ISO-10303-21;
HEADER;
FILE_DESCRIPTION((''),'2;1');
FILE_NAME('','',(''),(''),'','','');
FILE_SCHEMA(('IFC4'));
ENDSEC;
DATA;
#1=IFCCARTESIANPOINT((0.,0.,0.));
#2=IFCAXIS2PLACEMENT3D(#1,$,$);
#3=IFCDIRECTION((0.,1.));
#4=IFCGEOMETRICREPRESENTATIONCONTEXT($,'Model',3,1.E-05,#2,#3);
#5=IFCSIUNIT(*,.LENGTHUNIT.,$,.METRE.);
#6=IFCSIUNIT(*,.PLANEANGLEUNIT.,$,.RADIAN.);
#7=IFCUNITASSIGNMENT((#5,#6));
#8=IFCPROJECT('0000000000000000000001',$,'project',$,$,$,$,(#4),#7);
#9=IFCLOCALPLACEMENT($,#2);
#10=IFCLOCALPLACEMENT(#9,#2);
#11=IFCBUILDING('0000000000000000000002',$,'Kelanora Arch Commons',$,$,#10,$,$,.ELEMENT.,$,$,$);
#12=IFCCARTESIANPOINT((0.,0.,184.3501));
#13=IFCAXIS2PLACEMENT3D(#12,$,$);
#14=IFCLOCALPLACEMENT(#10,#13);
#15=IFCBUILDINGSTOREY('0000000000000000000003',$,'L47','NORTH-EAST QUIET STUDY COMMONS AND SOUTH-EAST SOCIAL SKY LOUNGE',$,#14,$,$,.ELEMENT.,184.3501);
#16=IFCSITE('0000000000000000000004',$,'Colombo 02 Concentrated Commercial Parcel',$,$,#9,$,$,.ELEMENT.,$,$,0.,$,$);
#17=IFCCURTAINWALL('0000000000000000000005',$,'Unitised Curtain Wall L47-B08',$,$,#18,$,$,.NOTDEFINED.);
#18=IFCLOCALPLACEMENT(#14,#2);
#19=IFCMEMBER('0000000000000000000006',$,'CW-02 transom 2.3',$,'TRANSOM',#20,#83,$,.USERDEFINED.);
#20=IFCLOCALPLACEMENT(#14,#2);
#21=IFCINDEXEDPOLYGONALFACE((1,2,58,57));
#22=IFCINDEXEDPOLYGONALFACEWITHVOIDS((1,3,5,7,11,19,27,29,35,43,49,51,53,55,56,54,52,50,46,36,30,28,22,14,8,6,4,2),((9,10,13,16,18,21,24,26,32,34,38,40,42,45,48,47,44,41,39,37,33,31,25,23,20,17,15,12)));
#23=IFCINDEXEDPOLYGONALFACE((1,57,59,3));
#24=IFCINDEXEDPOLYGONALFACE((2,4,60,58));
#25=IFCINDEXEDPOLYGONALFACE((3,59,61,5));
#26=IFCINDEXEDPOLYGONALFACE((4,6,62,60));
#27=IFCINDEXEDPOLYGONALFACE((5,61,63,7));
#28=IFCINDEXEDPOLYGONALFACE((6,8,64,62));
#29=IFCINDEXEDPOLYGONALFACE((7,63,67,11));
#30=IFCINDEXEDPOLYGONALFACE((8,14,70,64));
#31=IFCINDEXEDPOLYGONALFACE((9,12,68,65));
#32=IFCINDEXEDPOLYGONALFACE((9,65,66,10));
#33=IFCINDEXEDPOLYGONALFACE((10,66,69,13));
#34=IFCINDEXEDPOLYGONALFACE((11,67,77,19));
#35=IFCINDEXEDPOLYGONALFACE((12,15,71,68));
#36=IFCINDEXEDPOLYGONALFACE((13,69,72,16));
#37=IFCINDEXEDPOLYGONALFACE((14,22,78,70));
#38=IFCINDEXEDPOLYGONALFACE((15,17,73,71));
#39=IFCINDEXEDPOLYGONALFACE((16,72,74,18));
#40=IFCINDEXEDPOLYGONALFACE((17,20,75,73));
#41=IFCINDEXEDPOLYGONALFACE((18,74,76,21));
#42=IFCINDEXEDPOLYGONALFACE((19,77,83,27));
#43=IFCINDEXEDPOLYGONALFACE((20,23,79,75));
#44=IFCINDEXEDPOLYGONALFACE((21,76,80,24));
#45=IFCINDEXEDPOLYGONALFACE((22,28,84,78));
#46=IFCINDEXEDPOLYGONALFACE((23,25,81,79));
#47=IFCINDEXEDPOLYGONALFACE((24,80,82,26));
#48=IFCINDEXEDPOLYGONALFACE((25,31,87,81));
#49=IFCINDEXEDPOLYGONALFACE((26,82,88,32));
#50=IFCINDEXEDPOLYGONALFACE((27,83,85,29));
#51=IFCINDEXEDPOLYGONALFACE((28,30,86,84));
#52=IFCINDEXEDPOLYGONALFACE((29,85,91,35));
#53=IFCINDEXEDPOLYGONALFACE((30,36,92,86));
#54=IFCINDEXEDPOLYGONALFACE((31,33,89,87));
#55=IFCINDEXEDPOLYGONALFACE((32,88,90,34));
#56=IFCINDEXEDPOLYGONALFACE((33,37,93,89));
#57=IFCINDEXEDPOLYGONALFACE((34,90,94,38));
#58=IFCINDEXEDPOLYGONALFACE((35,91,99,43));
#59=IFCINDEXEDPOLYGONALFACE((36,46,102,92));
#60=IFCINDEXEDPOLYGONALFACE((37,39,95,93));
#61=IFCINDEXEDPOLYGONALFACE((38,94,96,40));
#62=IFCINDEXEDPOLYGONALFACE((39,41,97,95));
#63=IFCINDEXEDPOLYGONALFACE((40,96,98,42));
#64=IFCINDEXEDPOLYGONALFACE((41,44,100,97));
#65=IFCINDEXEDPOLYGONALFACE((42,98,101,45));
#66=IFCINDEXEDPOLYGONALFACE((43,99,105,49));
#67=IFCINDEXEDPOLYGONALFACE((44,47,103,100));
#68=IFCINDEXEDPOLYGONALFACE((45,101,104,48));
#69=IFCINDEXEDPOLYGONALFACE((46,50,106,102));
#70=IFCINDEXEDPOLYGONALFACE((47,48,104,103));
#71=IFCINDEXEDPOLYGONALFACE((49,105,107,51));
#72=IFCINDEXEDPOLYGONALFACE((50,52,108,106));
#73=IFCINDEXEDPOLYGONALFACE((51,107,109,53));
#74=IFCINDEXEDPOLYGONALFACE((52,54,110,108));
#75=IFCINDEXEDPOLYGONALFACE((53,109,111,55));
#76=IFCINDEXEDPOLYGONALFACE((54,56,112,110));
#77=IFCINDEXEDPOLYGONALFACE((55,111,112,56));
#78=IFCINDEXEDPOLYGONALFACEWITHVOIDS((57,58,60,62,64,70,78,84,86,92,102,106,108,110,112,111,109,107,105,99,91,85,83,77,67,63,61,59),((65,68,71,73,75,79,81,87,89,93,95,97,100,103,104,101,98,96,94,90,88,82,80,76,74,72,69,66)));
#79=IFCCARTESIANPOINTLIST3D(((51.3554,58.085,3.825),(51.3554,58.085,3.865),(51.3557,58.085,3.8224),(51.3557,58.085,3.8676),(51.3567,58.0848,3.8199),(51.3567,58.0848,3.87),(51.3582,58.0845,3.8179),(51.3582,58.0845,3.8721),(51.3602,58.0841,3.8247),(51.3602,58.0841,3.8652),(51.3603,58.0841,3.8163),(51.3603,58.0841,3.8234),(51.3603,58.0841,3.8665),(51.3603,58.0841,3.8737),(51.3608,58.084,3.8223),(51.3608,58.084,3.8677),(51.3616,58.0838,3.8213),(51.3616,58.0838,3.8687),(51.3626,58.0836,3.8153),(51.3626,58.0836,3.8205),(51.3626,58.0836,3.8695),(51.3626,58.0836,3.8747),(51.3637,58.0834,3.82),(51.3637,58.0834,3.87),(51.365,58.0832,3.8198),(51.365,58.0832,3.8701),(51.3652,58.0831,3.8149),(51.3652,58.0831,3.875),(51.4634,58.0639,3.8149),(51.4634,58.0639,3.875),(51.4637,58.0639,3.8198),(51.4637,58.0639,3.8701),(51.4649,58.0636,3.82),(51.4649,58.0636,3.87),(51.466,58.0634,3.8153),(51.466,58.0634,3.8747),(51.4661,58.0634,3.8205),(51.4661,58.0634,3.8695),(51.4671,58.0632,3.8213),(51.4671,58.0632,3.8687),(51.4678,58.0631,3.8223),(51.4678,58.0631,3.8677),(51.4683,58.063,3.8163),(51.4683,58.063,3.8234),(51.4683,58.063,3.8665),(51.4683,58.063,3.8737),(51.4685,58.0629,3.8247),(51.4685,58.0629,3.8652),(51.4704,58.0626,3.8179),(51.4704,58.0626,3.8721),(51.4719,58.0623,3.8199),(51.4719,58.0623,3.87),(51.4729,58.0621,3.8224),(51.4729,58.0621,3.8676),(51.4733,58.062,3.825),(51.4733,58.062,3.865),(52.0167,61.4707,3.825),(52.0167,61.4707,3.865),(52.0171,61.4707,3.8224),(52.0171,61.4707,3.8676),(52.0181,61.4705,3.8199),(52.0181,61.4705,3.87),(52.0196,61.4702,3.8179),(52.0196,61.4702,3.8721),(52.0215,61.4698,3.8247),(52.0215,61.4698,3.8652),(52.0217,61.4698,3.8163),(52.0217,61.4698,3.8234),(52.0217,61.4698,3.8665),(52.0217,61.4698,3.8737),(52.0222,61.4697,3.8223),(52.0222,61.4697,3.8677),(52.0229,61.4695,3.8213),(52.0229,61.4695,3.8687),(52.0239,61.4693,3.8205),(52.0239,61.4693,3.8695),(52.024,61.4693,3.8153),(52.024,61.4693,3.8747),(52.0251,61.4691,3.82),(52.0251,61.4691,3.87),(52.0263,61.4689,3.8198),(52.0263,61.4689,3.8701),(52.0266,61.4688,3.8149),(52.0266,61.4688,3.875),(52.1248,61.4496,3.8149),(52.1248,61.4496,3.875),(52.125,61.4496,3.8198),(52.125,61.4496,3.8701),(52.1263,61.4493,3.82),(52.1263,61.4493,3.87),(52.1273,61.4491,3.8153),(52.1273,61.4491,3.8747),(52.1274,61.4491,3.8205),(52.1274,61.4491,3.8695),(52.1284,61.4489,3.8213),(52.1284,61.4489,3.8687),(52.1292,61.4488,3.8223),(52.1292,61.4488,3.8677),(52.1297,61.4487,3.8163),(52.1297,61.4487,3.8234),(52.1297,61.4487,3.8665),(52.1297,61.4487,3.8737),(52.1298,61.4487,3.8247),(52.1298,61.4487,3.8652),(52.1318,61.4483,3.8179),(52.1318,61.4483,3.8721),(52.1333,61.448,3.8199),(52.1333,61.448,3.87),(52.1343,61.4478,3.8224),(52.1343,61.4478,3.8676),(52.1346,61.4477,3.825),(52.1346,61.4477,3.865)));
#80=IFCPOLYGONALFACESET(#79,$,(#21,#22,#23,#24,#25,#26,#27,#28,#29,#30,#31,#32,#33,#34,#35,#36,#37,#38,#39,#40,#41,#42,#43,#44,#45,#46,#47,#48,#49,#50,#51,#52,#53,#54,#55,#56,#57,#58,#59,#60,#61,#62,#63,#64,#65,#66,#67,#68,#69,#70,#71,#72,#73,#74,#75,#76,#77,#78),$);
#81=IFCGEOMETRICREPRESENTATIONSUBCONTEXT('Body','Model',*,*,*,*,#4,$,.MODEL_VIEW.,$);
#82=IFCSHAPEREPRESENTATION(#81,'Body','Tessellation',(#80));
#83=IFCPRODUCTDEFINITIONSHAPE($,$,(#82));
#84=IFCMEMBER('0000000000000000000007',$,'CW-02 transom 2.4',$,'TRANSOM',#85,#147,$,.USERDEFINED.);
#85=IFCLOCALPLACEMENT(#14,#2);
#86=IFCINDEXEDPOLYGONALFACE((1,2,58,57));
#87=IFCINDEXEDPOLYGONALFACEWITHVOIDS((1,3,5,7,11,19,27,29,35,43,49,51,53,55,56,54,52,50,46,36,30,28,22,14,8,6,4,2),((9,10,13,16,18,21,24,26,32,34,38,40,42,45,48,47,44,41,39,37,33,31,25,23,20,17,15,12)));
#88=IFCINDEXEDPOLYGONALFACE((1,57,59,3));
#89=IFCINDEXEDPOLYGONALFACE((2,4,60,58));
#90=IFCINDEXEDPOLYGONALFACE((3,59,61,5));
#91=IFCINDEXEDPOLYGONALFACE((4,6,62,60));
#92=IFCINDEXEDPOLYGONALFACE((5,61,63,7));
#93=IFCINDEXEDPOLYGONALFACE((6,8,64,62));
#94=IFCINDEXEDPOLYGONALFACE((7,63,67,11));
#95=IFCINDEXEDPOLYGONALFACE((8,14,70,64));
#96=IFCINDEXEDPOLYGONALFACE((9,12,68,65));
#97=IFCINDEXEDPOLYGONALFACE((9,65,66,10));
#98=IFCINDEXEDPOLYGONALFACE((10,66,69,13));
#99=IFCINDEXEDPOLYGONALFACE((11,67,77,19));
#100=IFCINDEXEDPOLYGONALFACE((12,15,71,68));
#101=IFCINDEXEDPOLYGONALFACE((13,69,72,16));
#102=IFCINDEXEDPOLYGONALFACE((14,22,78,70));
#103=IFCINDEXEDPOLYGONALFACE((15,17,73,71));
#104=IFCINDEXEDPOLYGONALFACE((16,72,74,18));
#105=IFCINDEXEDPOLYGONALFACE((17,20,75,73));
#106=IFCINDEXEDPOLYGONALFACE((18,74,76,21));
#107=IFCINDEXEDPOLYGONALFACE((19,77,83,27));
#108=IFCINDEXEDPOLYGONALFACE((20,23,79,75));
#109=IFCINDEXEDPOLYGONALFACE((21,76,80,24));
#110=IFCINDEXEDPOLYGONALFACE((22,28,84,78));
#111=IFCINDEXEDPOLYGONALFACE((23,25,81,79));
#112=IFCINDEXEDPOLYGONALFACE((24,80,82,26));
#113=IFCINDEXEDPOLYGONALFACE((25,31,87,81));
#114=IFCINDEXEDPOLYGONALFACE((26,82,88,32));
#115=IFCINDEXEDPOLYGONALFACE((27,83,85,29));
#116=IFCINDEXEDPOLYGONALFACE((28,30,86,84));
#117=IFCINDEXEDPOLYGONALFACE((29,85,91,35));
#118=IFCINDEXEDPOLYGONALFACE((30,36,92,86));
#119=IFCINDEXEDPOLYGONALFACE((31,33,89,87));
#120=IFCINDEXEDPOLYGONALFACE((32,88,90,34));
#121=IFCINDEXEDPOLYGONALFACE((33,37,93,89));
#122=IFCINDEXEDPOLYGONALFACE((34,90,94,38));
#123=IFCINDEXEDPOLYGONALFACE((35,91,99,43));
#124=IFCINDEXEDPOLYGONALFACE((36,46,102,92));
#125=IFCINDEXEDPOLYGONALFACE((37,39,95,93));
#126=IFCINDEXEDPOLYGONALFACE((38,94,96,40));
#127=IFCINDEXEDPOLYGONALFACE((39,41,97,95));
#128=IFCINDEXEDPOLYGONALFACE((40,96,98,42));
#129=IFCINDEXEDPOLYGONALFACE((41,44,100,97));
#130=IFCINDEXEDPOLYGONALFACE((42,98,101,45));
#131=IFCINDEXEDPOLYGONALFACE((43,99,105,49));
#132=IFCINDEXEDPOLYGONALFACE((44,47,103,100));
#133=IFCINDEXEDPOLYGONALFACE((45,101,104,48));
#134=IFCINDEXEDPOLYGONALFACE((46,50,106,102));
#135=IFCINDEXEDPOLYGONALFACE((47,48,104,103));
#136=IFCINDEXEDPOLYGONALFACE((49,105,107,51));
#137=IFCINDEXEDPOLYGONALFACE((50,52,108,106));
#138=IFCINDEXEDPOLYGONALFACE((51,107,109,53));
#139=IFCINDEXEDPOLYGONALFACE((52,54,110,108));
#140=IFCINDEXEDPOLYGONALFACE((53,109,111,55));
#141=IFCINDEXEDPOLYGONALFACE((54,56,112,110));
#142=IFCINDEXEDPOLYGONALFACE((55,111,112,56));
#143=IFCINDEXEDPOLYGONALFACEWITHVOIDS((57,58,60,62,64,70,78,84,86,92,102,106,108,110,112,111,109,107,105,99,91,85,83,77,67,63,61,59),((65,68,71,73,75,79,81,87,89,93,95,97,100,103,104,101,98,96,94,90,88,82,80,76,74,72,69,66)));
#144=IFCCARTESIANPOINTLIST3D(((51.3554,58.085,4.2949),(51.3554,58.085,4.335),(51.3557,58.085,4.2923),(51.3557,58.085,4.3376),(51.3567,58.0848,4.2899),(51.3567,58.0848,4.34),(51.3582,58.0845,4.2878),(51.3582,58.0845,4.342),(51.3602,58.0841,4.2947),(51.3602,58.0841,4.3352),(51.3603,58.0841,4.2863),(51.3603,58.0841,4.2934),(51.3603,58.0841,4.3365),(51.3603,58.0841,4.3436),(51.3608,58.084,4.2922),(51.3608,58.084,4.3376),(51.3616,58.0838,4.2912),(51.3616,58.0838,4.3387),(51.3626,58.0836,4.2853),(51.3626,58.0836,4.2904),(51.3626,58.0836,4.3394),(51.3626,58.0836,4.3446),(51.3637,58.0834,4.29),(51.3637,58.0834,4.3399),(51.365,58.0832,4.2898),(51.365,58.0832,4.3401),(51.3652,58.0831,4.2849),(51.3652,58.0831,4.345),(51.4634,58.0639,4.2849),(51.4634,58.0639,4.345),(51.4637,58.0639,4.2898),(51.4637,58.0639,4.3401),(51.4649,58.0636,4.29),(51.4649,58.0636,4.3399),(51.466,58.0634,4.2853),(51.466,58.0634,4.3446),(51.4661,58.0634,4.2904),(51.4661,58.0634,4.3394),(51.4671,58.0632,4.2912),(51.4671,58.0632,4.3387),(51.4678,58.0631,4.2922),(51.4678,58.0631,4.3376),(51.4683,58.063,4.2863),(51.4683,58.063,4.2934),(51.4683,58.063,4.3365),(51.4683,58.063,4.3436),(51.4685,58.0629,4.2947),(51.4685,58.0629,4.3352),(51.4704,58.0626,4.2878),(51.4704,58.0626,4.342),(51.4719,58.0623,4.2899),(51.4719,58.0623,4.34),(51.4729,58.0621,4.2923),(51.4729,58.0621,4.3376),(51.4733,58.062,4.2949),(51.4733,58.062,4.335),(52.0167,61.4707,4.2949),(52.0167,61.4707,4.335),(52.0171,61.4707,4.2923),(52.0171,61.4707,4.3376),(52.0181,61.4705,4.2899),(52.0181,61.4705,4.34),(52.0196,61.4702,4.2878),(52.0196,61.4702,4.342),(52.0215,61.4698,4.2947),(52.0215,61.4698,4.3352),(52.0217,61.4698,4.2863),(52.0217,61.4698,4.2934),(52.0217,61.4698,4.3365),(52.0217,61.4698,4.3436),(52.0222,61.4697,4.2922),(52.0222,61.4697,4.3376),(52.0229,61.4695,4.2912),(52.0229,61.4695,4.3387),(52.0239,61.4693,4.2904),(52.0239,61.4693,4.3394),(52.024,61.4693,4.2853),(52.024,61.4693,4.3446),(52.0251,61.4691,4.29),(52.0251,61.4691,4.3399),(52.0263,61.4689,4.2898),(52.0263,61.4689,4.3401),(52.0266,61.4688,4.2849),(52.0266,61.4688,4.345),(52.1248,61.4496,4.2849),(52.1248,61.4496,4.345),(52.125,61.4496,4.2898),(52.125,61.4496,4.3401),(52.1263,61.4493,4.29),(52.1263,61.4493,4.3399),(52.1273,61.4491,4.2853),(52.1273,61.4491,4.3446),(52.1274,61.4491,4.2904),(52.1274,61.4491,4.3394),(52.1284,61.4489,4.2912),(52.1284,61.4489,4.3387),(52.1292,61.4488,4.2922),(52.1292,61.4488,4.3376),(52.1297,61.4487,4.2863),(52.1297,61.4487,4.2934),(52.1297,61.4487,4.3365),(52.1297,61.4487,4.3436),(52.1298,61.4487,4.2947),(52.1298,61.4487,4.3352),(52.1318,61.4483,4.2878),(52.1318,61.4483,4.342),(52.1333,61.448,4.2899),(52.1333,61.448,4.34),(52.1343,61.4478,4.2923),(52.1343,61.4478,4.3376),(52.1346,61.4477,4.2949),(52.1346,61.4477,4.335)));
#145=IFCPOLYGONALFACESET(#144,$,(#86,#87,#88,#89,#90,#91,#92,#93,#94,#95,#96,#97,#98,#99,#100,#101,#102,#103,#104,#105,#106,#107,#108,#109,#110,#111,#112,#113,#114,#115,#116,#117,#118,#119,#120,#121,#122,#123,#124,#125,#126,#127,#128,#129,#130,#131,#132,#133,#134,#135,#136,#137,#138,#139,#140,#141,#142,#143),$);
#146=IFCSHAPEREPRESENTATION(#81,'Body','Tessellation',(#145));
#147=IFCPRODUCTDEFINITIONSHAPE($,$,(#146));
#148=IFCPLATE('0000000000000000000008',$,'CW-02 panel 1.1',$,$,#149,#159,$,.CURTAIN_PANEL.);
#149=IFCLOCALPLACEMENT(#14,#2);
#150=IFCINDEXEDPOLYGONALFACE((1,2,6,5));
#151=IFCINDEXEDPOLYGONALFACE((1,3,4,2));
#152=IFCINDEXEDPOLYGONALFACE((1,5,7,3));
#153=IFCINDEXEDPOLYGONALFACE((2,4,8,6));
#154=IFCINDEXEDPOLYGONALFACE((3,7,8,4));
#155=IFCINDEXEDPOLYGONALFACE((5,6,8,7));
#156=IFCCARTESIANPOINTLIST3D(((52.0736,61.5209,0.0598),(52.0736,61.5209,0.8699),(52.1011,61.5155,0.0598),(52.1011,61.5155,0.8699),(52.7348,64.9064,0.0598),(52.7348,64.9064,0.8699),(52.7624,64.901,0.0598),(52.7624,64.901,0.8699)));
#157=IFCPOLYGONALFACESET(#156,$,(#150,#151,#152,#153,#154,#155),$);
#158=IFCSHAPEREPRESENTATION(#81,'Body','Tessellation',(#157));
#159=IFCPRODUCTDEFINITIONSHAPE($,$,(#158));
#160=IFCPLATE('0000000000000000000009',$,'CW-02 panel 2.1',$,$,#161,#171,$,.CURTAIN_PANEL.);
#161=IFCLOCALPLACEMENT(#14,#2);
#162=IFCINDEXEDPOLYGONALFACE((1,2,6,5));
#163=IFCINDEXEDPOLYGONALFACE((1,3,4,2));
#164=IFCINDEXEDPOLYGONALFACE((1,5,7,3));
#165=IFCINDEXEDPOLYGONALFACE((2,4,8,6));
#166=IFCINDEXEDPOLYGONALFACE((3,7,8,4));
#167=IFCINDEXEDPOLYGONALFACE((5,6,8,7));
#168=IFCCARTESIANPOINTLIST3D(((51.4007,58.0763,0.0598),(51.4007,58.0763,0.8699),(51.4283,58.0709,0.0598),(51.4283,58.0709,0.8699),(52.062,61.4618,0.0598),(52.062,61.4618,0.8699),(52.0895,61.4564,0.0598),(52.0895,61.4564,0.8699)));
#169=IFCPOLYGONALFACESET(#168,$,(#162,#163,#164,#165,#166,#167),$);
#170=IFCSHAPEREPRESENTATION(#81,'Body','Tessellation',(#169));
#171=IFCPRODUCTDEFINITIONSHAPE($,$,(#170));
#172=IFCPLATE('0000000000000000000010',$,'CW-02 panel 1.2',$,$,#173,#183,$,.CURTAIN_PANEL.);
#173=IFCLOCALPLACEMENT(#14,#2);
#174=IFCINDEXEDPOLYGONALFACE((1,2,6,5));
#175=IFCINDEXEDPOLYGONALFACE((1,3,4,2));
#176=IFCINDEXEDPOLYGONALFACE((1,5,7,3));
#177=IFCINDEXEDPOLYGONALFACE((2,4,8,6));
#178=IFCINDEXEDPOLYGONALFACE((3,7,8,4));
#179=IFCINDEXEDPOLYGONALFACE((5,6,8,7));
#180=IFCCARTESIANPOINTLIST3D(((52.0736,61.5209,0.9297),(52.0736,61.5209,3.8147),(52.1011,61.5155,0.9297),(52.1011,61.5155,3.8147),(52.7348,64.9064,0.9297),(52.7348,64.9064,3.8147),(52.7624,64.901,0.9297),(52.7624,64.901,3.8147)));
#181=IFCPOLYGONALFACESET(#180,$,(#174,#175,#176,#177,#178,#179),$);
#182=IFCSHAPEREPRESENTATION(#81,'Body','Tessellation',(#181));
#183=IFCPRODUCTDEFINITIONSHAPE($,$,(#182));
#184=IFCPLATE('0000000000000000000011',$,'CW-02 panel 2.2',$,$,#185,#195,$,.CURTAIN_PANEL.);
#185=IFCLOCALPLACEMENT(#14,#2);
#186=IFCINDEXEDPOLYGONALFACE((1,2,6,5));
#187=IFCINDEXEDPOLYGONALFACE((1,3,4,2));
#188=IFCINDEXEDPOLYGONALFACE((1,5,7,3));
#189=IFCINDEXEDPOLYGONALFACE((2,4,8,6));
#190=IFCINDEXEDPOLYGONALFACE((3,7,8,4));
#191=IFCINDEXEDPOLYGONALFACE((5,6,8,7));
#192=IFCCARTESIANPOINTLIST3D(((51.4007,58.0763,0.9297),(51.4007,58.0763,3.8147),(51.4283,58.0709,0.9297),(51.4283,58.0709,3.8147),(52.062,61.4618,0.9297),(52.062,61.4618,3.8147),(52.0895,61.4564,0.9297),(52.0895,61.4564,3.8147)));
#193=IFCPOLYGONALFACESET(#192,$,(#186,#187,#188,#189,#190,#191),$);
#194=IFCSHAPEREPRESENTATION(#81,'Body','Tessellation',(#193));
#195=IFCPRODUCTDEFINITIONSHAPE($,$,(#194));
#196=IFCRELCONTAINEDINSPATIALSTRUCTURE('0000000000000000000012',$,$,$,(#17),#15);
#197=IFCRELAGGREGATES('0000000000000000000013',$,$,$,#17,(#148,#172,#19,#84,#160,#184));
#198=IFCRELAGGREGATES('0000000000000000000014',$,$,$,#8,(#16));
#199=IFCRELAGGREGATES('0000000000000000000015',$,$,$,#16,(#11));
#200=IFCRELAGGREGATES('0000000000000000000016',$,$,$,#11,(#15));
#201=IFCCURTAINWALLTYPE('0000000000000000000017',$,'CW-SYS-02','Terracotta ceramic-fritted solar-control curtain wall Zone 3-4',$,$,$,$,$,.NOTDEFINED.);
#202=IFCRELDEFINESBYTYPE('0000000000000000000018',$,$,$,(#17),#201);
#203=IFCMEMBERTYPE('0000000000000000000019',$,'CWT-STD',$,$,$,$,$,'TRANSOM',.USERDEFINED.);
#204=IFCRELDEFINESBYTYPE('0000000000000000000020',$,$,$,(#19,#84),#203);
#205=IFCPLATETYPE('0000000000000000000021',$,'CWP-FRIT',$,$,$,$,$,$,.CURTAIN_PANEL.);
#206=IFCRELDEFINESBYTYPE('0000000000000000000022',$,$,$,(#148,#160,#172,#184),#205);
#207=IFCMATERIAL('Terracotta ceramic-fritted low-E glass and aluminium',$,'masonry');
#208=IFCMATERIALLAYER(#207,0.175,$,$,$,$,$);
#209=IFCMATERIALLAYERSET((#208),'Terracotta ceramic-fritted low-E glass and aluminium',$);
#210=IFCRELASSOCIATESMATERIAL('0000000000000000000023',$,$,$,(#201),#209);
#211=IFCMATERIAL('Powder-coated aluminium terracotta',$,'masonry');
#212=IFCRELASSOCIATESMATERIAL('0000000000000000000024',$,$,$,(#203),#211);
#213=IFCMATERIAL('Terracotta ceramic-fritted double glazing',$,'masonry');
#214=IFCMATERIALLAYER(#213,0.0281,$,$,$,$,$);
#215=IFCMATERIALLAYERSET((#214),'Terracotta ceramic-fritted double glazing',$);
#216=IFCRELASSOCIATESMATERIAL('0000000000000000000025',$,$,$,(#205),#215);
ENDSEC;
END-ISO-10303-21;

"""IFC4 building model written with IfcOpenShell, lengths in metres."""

from ifc_helpers import new_model, si_unit, direction, frame, origin, origin_2d, place, context, subcontext, project, spatial, rectangle, hollow_rectangle, extrude, source, transform, mapped, material, layer, layer_set, material_profile, profile_set, type_object, element, aggregate, save


model = new_model("IFC4")

# Units and contexts
model_context = context("Model", 3, precision=1e-05, world=origin(), true_north=direction((0.0, 1.0)))
body_context = subcontext(model_context, "Body", "Model", "MODEL_VIEW")
ifc_project = project(units=[si_unit("LENGTHUNIT", "METRE"), si_unit("PLANEANGLEUNIT", "RADIAN")], contexts=[model_context])

# Site, building, storey
site_placement = place(None, origin())
site = spatial("IfcSite", under=ifc_project, at=site_placement, Name="Colombo 02 Concentrated Commercial Parcel", CompositionType="ELEMENT", RefElevation=0.0)
building_placement = place(site_placement, origin())
building = spatial("IfcBuilding", under=site, at=building_placement, Name="Kelanora Arch Commons", CompositionType="ELEMENT")
storey_placement = place(building_placement, frame((0.0, 0.0, 184.3501)))
storey = spatial("IfcBuildingStorey", under=building, at=storey_placement, Name="L47", Description="NORTH-EAST QUIET STUDY COMMONS AND SOUTH-EAST SOCIAL SKY LOUNGE", CompositionType="ELEMENT", Elevation=184.3501)

# Curtain wall, members, plates
ifc_material_1 = material(Name="Terracotta ceramic-fritted low-E glass and aluminium", Category="masonry")
ifc_layer_1 = layer(ifc_material_1, 0.175)
ifc_layer_set_1 = layer_set([ifc_layer_1], Name="Terracotta ceramic-fritted low-E glass and aluminium")
curtain_wall_type = type_object("IfcCurtainWallType", Name="CW-SYS-02", Description="Terracotta ceramic-fritted solar-control curtain wall Zone 3-4", PredefinedType="NOTDEFINED", material=ifc_layer_set_1)
curtain_wall_placement = place(storey_placement, origin())
curtain_wall = element("IfcCurtainWall", 1, at=curtain_wall_placement, inside=storey, type_object=curtain_wall_type, Name="Unitised Curtain Wall L47-B08", PredefinedType="NOTDEFINED")
ifc_material_2 = material(Name="Powder-coated aluminium terracotta", Category="masonry")
ifc_material_profile_1 = material_profile(ifc_material_2, hollow_rectangle(XDim=0.1201, YDim=0.0601, WallThickness=0.0049, InnerFilletRadius=0.0049, OuterFilletRadius=0.01, at=origin_2d()), Name="CWT120x60")
ifc_profile_set_1 = profile_set([ifc_material_profile_1], Name="Powder-coated aluminium terracotta")
member_type_1 = type_object("IfcMemberType", Name="CWT-STD", ElementType="TRANSOM", PredefinedType="USERDEFINED", material=ifc_profile_set_1)
member_1_placement = place(storey_placement, frame((52.0757, 61.4592, 3.845), z_axis=(-0.191718, -0.98145, 0.0), x_axis=(0.98145, -0.191718, 0.0)))
member_1 = element("IfcMember", 2, at=member_1_placement, type_object=member_type_1, Name="CW-02 transom 2.3", ObjectType="TRANSOM", PredefinedType="USERDEFINED", context=body_context, shape_type="SweptSolid", body=[
    extrude(hollow_rectangle(XDim=0.1201, YDim=0.0601, WallThickness=0.0049, InnerFilletRadius=0.0049, OuterFilletRadius=0.01, at=origin_2d()), origin(), (0.0, 0.0, 1.0), 3.4497),
])
member_2_placement = place(storey_placement, frame((52.0757, 61.4592, 4.3149), z_axis=(-0.191718, -0.98145, 0.0), x_axis=(0.98145, -0.191718, 0.0)))
member_2 = element("IfcMember", 3, at=member_2_placement, type_object=member_type_1, Name="CW-02 transom 2.4", ObjectType="TRANSOM", PredefinedType="USERDEFINED", context=body_context, shape_type="SweptSolid", body=[
    extrude(hollow_rectangle(XDim=0.1201, YDim=0.0601, WallThickness=0.0049, InnerFilletRadius=0.0049, OuterFilletRadius=0.01, at=origin_2d()), origin(), (0.0, 0.0, 1.0), 3.4497),
])
ifc_material_3 = material(Name="Terracotta ceramic-fritted double glazing", Category="masonry")
ifc_layer_2 = layer(ifc_material_3, 0.0281)
ifc_layer_set_2 = layer_set([ifc_layer_2], Name="Terracotta ceramic-fritted double glazing")
plate_type = type_object("IfcPlateType", Name="CWP-FRIT", PredefinedType="CURTAIN_PANEL", material=ifc_layer_set_2)
shared_shape_1 = source(origin(), body_context, "Body", "SweptSolid", [
    extrude(rectangle(XDim=3.4495, YDim=0.0281, at=origin_2d()), origin(), (0.0, 0.0, 1.0), 0.8101),
])
plate_1_placement = place(storey_placement, frame((52.418, 63.2109, 0.0598), z_axis=(0.0, 0.0, 1.0), x_axis=(-0.191705, -0.981453, 0.0)))
plate_1 = element("IfcPlate", 4, at=plate_1_placement, type_object=plate_type, Name="CW-02 panel 1.1", PredefinedType="CURTAIN_PANEL", context=body_context, shape_type="MappedRepresentation", body=[
    mapped(shared_shape_1, transform((0.0, 0.0, 0.0), scale=1.0)),
])
plate_2_placement = place(storey_placement, frame((51.7451, 59.7664, 0.0598), z_axis=(0.0, 0.0, 1.0), x_axis=(-0.191705, -0.981453, 0.0)))
plate_2 = element("IfcPlate", 5, at=plate_2_placement, type_object=plate_type, Name="CW-02 panel 2.1", PredefinedType="CURTAIN_PANEL", context=body_context, shape_type="MappedRepresentation", body=[
    mapped(shared_shape_1, transform((0.0, 0.0, 0.0), scale=1.0)),
])
shared_shape_2 = source(origin(), body_context, "Body", "SweptSolid", [
    extrude(rectangle(XDim=3.4495, YDim=0.0281, at=origin_2d()), origin(), (0.0, 0.0, 1.0), 2.885),
])
plate_3_placement = place(storey_placement, frame((52.418, 63.2109, 0.9297), z_axis=(0.0, 0.0, 1.0), x_axis=(-0.191705, -0.981453, 0.0)))
plate_3 = element("IfcPlate", 6, at=plate_3_placement, type_object=plate_type, Name="CW-02 panel 1.2", PredefinedType="CURTAIN_PANEL", context=body_context, shape_type="MappedRepresentation", body=[
    mapped(shared_shape_2, transform((0.0, 0.0, 0.0), scale=1.0)),
])
plate_4_placement = place(storey_placement, frame((51.7451, 59.7664, 0.9297), z_axis=(0.0, 0.0, 1.0), x_axis=(-0.191705, -0.981453, 0.0)))
plate_4 = element("IfcPlate", 7, at=plate_4_placement, type_object=plate_type, Name="CW-02 panel 2.2", PredefinedType="CURTAIN_PANEL", context=body_context, shape_type="MappedRepresentation", body=[
    mapped(shared_shape_2, transform((0.0, 0.0, 0.0), scale=1.0)),
])
aggregate(curtain_wall, [plate_1, plate_3, member_1, member_2, plate_2, plate_4])

save(model, "model.ifc")
